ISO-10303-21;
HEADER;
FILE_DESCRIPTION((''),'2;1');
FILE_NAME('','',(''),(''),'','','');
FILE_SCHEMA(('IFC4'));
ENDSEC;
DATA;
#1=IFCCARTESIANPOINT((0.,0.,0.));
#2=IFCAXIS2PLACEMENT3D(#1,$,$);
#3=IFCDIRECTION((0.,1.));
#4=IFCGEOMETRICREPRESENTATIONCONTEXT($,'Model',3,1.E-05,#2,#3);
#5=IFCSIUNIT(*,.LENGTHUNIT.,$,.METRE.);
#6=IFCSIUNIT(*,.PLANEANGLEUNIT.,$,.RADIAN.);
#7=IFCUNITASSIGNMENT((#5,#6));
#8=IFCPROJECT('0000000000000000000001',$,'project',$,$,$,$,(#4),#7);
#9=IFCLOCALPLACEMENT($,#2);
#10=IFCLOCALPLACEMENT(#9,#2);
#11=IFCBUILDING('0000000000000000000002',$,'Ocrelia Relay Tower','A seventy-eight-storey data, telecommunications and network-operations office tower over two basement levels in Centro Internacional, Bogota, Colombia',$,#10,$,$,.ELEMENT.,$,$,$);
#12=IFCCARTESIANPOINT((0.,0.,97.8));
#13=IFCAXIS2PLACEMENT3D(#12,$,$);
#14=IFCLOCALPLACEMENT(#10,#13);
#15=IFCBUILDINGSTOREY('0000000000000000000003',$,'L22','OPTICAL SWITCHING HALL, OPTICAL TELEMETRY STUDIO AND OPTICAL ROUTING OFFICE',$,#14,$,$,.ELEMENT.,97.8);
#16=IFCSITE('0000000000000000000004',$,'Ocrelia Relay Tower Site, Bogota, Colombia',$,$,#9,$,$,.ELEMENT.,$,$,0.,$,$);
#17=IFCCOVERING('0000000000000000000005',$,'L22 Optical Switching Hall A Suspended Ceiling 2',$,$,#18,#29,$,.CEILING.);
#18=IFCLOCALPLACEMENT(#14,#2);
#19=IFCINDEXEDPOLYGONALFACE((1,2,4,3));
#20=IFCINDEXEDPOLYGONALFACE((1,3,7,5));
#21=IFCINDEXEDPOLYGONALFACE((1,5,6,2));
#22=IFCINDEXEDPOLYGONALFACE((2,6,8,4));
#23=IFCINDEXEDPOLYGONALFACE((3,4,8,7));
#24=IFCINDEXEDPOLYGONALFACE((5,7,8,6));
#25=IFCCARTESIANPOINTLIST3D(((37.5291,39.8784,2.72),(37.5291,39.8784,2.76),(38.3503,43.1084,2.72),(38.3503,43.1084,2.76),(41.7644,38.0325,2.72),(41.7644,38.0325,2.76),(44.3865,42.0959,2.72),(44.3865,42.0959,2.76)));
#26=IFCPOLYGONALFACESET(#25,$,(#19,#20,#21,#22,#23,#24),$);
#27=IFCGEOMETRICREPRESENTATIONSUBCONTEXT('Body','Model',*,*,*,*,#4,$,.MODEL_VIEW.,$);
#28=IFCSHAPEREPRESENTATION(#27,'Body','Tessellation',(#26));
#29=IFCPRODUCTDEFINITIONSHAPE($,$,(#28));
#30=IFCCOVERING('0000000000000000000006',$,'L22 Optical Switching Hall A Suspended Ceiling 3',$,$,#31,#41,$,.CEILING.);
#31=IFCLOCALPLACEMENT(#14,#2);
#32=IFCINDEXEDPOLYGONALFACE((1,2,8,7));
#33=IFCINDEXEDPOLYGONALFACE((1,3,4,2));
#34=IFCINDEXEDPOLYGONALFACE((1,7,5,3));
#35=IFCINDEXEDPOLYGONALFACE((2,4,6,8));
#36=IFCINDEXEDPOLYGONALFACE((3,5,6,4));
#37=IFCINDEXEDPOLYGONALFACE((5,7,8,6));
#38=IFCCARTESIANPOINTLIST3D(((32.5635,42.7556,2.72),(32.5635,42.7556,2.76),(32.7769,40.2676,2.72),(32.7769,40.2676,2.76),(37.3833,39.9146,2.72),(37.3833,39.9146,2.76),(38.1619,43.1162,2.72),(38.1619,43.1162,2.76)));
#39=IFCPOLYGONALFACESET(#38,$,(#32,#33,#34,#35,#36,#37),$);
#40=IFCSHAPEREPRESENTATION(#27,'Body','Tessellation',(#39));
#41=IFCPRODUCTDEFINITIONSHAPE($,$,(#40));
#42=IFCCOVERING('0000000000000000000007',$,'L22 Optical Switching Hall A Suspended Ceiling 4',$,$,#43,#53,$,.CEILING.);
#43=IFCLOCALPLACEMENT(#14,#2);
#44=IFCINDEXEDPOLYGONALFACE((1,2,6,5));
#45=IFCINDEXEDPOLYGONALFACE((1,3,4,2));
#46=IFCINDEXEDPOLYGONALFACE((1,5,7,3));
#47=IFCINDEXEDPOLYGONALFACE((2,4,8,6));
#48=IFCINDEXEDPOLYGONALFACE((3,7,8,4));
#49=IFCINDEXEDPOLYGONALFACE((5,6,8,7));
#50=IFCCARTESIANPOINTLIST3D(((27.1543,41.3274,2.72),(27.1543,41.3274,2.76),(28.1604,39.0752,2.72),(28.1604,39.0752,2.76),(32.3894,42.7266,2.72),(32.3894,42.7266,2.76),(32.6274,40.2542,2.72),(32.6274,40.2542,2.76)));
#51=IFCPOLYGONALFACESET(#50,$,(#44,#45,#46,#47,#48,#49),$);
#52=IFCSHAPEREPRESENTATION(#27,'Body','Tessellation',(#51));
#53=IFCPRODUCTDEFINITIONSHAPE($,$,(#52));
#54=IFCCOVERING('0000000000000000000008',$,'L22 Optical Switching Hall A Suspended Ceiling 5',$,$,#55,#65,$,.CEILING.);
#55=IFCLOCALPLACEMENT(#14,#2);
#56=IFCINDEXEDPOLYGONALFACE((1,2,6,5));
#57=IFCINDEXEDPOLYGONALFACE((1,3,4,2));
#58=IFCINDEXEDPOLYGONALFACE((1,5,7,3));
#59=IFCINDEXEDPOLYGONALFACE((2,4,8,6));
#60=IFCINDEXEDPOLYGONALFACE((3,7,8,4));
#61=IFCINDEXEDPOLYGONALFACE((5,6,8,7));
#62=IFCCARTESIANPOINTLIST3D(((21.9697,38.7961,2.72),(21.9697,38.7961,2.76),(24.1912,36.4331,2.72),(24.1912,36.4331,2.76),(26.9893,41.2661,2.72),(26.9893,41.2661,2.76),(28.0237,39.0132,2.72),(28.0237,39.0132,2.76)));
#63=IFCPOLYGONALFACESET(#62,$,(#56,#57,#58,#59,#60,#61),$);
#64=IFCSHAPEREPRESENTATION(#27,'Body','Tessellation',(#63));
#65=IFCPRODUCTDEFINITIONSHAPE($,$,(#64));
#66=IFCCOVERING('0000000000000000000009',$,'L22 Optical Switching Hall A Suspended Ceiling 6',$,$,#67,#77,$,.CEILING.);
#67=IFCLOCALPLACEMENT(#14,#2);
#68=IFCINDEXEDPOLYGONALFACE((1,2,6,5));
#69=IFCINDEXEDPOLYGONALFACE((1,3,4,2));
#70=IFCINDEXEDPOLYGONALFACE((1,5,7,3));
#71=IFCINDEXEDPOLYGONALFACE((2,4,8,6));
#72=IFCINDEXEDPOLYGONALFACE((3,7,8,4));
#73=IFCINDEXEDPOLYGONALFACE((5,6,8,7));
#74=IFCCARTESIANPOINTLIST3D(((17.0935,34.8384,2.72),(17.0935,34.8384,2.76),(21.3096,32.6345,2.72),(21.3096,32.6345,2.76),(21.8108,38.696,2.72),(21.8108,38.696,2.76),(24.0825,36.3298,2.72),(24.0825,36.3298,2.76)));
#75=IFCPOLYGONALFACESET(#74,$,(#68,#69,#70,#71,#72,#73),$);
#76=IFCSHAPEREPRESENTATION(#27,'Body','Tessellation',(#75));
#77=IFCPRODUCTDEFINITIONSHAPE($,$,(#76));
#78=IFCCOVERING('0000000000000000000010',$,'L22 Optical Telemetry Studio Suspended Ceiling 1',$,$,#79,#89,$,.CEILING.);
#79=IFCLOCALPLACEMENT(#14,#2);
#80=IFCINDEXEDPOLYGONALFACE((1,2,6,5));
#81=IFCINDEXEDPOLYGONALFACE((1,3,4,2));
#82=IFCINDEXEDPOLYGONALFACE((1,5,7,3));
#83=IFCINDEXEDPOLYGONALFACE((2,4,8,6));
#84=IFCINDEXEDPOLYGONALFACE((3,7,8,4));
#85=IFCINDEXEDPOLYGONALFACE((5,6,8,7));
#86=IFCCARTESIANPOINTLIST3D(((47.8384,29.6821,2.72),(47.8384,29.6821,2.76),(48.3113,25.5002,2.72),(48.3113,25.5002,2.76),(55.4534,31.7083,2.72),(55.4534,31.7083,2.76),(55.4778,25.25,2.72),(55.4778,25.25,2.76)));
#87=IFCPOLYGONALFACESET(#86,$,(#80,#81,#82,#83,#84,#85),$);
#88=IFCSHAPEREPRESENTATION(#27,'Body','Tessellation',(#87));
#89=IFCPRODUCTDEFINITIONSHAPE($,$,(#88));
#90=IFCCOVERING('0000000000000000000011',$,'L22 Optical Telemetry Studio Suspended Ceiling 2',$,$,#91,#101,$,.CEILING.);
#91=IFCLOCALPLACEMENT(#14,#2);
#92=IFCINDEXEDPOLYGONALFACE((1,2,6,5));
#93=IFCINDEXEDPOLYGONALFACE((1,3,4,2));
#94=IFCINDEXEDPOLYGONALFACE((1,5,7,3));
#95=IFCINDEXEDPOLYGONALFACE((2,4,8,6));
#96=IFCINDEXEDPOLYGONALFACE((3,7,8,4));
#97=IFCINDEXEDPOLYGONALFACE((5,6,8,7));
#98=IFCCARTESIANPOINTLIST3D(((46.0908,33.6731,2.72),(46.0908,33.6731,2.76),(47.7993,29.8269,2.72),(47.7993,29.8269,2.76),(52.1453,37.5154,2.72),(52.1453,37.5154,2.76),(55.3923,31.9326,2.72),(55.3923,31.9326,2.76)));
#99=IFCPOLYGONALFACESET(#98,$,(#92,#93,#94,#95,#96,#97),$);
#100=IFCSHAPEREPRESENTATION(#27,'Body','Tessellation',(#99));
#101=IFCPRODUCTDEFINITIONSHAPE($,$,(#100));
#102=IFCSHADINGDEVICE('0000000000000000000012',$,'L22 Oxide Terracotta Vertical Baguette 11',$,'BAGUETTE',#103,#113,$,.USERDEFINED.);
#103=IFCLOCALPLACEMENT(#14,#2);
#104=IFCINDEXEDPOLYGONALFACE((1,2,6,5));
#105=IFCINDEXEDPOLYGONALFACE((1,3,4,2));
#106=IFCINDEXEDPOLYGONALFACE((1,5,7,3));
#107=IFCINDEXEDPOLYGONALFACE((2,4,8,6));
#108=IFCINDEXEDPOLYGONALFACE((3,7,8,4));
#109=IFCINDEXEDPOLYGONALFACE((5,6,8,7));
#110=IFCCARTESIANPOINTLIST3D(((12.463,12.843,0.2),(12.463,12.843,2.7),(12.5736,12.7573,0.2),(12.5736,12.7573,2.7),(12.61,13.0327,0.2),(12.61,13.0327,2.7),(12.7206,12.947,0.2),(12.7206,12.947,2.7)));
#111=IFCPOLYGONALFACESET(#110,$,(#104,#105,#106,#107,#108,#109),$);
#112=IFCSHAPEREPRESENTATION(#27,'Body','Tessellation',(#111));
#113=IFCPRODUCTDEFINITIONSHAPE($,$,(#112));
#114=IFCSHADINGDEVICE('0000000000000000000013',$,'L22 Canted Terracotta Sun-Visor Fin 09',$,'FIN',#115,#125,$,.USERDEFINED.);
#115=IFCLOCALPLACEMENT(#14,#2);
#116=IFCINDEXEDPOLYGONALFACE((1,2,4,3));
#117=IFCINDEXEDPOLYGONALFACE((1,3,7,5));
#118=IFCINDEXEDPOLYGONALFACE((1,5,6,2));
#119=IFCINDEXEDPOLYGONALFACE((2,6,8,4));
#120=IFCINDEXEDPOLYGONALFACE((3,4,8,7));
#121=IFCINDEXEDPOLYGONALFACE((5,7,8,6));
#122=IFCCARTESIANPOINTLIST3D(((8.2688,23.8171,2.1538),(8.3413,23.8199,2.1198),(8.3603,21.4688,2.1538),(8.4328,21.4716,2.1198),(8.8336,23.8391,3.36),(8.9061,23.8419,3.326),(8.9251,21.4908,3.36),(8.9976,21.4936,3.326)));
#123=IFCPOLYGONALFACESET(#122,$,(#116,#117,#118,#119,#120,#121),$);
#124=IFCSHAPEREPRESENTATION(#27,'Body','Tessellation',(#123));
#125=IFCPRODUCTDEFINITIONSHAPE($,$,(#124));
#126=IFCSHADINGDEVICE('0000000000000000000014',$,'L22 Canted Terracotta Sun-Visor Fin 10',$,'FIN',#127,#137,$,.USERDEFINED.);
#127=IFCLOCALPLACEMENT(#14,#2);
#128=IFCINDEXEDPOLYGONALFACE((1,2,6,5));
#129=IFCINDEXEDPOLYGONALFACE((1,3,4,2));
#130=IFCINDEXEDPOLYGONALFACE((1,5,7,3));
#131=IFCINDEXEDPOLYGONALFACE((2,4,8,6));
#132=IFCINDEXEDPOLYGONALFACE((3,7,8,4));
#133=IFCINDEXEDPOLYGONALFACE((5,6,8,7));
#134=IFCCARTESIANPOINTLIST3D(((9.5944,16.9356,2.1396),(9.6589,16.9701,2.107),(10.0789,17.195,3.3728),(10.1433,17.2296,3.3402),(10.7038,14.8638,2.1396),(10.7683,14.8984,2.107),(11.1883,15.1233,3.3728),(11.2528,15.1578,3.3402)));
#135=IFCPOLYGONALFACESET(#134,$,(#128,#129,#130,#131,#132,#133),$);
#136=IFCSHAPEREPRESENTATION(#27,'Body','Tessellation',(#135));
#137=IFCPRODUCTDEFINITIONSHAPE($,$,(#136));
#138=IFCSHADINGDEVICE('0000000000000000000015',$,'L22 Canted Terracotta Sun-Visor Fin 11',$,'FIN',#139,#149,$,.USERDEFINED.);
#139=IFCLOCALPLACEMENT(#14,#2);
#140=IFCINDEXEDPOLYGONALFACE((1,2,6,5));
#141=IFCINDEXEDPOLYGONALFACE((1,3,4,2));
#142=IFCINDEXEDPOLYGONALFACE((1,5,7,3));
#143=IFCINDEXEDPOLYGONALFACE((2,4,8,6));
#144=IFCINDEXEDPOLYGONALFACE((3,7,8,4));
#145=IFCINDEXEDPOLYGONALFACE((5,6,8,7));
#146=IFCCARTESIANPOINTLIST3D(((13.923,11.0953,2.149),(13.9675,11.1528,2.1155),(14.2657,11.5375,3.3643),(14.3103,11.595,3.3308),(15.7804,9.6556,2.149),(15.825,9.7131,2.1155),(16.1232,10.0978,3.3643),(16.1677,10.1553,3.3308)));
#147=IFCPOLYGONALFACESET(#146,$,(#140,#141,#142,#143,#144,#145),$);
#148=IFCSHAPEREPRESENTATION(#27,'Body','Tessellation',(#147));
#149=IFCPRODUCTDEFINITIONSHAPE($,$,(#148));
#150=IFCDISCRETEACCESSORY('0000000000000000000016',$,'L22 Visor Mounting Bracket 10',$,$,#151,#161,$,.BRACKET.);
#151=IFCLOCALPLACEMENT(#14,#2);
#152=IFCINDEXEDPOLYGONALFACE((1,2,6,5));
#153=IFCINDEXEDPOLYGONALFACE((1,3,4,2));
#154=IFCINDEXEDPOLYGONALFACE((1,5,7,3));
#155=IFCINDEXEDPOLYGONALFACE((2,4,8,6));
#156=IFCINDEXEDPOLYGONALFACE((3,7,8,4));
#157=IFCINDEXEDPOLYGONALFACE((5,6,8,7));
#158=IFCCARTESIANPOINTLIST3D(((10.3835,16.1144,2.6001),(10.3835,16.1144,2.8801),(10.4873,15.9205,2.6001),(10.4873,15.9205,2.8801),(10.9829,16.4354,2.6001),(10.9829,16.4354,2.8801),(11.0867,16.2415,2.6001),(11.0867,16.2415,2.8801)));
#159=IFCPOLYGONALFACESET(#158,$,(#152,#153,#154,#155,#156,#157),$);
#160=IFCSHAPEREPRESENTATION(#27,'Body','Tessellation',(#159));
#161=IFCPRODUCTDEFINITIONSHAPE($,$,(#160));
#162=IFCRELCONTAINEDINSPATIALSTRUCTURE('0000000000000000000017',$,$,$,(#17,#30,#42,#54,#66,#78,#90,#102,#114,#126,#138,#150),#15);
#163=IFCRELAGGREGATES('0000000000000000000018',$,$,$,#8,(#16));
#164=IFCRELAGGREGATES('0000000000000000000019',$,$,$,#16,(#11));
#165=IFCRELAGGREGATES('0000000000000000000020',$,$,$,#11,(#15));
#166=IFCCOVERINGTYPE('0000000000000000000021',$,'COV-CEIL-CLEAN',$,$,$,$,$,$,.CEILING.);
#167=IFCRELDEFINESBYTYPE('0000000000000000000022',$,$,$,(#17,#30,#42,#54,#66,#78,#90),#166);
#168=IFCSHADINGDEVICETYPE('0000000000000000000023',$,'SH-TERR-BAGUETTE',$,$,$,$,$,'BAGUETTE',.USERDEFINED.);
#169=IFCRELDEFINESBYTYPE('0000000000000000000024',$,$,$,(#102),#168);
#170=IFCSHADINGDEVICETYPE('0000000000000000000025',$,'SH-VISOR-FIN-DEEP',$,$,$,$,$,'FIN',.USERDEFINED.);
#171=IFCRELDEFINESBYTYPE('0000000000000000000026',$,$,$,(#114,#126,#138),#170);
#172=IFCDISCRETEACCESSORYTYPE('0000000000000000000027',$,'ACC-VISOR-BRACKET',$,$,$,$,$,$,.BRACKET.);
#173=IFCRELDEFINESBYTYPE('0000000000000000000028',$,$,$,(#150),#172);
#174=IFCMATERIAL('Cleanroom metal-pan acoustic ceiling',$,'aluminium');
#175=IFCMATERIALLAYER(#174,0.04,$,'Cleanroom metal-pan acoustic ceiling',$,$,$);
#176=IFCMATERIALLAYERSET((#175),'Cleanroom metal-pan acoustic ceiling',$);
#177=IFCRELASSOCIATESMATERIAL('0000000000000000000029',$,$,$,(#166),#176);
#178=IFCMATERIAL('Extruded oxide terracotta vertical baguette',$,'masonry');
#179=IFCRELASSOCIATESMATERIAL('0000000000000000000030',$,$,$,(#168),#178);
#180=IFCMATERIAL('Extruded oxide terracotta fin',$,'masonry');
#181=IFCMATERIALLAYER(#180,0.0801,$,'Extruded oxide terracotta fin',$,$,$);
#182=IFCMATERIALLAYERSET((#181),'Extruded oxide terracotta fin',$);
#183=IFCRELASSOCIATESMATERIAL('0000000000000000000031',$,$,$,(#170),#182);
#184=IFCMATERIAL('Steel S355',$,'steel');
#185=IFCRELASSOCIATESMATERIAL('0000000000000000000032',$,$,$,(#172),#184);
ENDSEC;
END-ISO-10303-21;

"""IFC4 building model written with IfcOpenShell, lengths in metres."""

from ifc_helpers import new_model, si_unit, direction, frame, origin, origin_2d, place, context, subcontext, project, spatial, polyline, rectangle, outline, extrude, material, layer, layer_set, type_object, element, save


model = new_model("IFC4")

# Units and contexts
model_context = context("Model", 3, precision=1e-05, world=origin(), true_north=direction((0.0, 1.0)))
body_context = subcontext(model_context, "Body", "Model", "MODEL_VIEW")
ifc_project = project(units=[si_unit("LENGTHUNIT", "METRE"), si_unit("PLANEANGLEUNIT", "RADIAN")], contexts=[model_context])

# Site, building, storey
site_placement = place(None, origin())
site = spatial("IfcSite", under=ifc_project, at=site_placement, Name="Ocrelia Relay Tower Site, Bogota, Colombia", CompositionType="ELEMENT", RefElevation=0.0)
building_placement = place(site_placement, origin())
building = spatial("IfcBuilding", under=site, at=building_placement, Name="Ocrelia Relay Tower", Description="A seventy-eight-storey data, telecommunications and network-operations office tower over two basement levels in Centro Internacional, Bogota, Colombia", CompositionType="ELEMENT")
storey_placement = place(building_placement, frame((0.0, 0.0, 97.8)))
storey = spatial("IfcBuildingStorey", under=building, at=storey_placement, Name="L22", Description="OPTICAL SWITCHING HALL, OPTICAL TELEMETRY STUDIO AND OPTICAL ROUTING OFFICE", CompositionType="ELEMENT", Elevation=97.8)

# Coverings
ifc_material_1 = material(Name="Cleanroom metal-pan acoustic ceiling", Category="aluminium")
ifc_layer_1 = layer(ifc_material_1, 0.04, Name="Cleanroom metal-pan acoustic ceiling")
ifc_layer_set_1 = layer_set([ifc_layer_1], Name="Cleanroom metal-pan acoustic ceiling")
covering_type = type_object("IfcCoveringType", Name="COV-CEIL-CLEAN", PredefinedType="CEILING", material=ifc_layer_set_1)
covering_1_placement = place(storey_placement, frame((0.0, 0.0, 2.72)))
element("IfcCovering", 1, at=covering_1_placement, inside=storey, type_object=covering_type, Name="L22 Optical Switching Hall A Suspended Ceiling 2", PredefinedType="CEILING", context=body_context, shape_type="SweptSolid", body=[
    extrude(outline(polyline([(41.7644, 38.0325), (44.3865, 42.0959), (38.3503, 43.1084), (37.5291, 39.8784), (41.7644, 38.0325)])), origin(), (0.0, 0.0, 1.0), 0.04),
])
covering_2_placement = place(storey_placement, frame((0.0, 0.0, 2.72)))
element("IfcCovering", 2, at=covering_2_placement, inside=storey, type_object=covering_type, Name="L22 Optical Switching Hall A Suspended Ceiling 3", PredefinedType="CEILING", context=body_context, shape_type="SweptSolid", body=[
    extrude(outline(polyline([(37.3833, 39.9146), (38.1619, 43.1162), (32.5635, 42.7556), (32.7769, 40.2676), (37.3833, 39.9146)])), origin(), (0.0, 0.0, 1.0), 0.04),
])
covering_3_placement = place(storey_placement, frame((0.0, 0.0, 2.72)))
element("IfcCovering", 3, at=covering_3_placement, inside=storey, type_object=covering_type, Name="L22 Optical Switching Hall A Suspended Ceiling 4", PredefinedType="CEILING", context=body_context, shape_type="SweptSolid", body=[
    extrude(outline(polyline([(32.6274, 40.2542), (32.3894, 42.7266), (27.1543, 41.3274), (28.1604, 39.0752), (32.6274, 40.2542)])), origin(), (0.0, 0.0, 1.0), 0.04),
])
covering_4_placement = place(storey_placement, frame((0.0, 0.0, 2.72)))
element("IfcCovering", 4, at=covering_4_placement, inside=storey, type_object=covering_type, Name="L22 Optical Switching Hall A Suspended Ceiling 5", PredefinedType="CEILING", context=body_context, shape_type="SweptSolid", body=[
    extrude(outline(polyline([(28.0237, 39.0132), (26.9893, 41.2661), (21.9697, 38.7961), (24.1912, 36.4331), (28.0237, 39.0132)])), origin(), (0.0, 0.0, 1.0), 0.04),
])
covering_5_placement = place(storey_placement, frame((0.0, 0.0, 2.72)))
element("IfcCovering", 5, at=covering_5_placement, inside=storey, type_object=covering_type, Name="L22 Optical Switching Hall A Suspended Ceiling 6", PredefinedType="CEILING", context=body_context, shape_type="SweptSolid", body=[
    extrude(outline(polyline([(24.0825, 36.3298), (21.8108, 38.696), (17.0935, 34.8384), (21.3096, 32.6345), (24.0825, 36.3298)])), origin(), (0.0, 0.0, 1.0), 0.04),
])
covering_6_placement = place(storey_placement, frame((0.0, 0.0, 2.72)))
element("IfcCovering", 6, at=covering_6_placement, inside=storey, type_object=covering_type, Name="L22 Optical Telemetry Studio Suspended Ceiling 1", PredefinedType="CEILING", context=body_context, shape_type="SweptSolid", body=[
    extrude(outline(polyline([(48.3113, 25.5002), (55.4778, 25.25), (55.4534, 31.7083), (47.8384, 29.6821), (48.3113, 25.5002)])), origin(), (0.0, 0.0, 1.0), 0.04),
])
covering_7_placement = place(storey_placement, frame((0.0, 0.0, 2.72)))
element("IfcCovering", 7, at=covering_7_placement, inside=storey, type_object=covering_type, Name="L22 Optical Telemetry Studio Suspended Ceiling 2", PredefinedType="CEILING", context=body_context, shape_type="SweptSolid", body=[
    extrude(outline(polyline([(47.7993, 29.8269), (55.3923, 31.9326), (52.1453, 37.5154), (46.0908, 33.6731), (47.7993, 29.8269)])), origin(), (0.0, 0.0, 1.0), 0.04),
])

# Shading devices
ifc_material_2 = material(Name="Extruded oxide terracotta vertical baguette", Category="masonry")
shading_device_type_1 = type_object("IfcShadingDeviceType", Name="SH-TERR-BAGUETTE", ElementType="BAGUETTE", PredefinedType="USERDEFINED", material=ifc_material_2)
shading_device_1_placement = place(storey_placement, frame((12.5918, 12.895, 0.2), z_axis=(0.0, 0.0, 1.0), x_axis=(0.790363, -0.612638, 0.0)))
element("IfcShadingDevice", 8, at=shading_device_1_placement, inside=storey, type_object=shading_device_type_1, Name="L22 Oxide Terracotta Vertical Baguette 11", ObjectType="BAGUETTE", PredefinedType="USERDEFINED", context=body_context, shape_type="SweptSolid", body=[
    extrude(rectangle(XDim=0.1399, YDim=0.24, at=origin_2d()), origin(), (0.0, 0.0, 1.0), 2.5),
])
ifc_material_3 = material(Name="Extruded oxide terracotta fin", Category="masonry")
ifc_layer_2 = layer(ifc_material_3, 0.0801, Name="Extruded oxide terracotta fin")
ifc_layer_set_2 = layer_set([ifc_layer_2], Name="Extruded oxide terracotta fin")
shading_device_type_2 = type_object("IfcShadingDeviceType", Name="SH-VISOR-FIN-DEEP", ElementType="FIN", PredefinedType="USERDEFINED", material=ifc_layer_set_2)
shading_device_2_placement = place(storey_placement, frame((8.6694, 22.6567, 2.7229), z_axis=(-0.904808, -0.035251, 0.424357), x_axis=(0.03893, -0.999242, 0.0)))
element("IfcShadingDevice", 9, at=shading_device_2_placement, inside=storey, type_object=shading_device_type_2, Name="L22 Canted Terracotta Sun-Visor Fin 09", ObjectType="FIN", PredefinedType="USERDEFINED", context=body_context, shape_type="SweptSolid", body=[
    extrude(rectangle(XDim=2.3501, YDim=1.332, at=origin_2d()), origin(), (0.0, 0.0, 1.0), 0.0801),
])
shading_device_3_placement = place(storey_placement, frame((10.4558, 16.064, 2.7236), z_axis=(-0.80522, -0.431191, 0.407056), x_axis=(0.472071, -0.881561, 0.0)))
element("IfcShadingDevice", 10, at=shading_device_3_placement, inside=storey, type_object=shading_device_type_2, Name="L22 Canted Terracotta Sun-Visor Fin 10", ObjectType="FIN", PredefinedType="USERDEFINED", context=body_context, shape_type="SweptSolid", body=[
    extrude(rectangle(XDim=2.3501, YDim=1.3501, at=origin_2d()), origin(), (0.0, 0.0, 1.0), 0.0801),
])
shading_device_4_placement = place(storey_placement, frame((15.0676, 10.6541, 2.7231), z_axis=(-0.556498, -0.717936, 0.418184), x_axis=(0.790363, -0.612638, 0.0)))
element("IfcShadingDevice", 11, at=shading_device_4_placement, inside=storey, type_object=shading_device_type_2, Name="L22 Canted Terracotta Sun-Visor Fin 11", ObjectType="FIN", PredefinedType="USERDEFINED", context=body_context, shape_type="SweptSolid", body=[
    extrude(rectangle(XDim=2.3501, YDim=1.3379, at=origin_2d()), origin(), (0.0, 0.0, 1.0), 0.0801),
])

# Discrete accessory
ifc_material_4 = material(Name="Steel S355", Category="steel")
discrete_accessory_type = type_object("IfcDiscreteAccessoryType", Name="ACC-VISOR-BRACKET", PredefinedType="BRACKET", material=ifc_material_4)
discrete_accessory_placement = place(storey_placement, frame((10.7351, 16.178, 2.6001), z_axis=(0.0, 0.0, 1.0), x_axis=(0.472071, -0.881561, 0.0)))
element("IfcDiscreteAccessory", 12, at=discrete_accessory_placement, inside=storey, type_object=discrete_accessory_type, Name="L22 Visor Mounting Bracket 10", PredefinedType="BRACKET", context=body_context, shape_type="SweptSolid", body=[
    extrude(rectangle(XDim=0.22, YDim=0.6799, at=origin_2d()), origin(), (0.0, 0.0, 1.0), 0.28),
])

save(model, "model.ifc")
